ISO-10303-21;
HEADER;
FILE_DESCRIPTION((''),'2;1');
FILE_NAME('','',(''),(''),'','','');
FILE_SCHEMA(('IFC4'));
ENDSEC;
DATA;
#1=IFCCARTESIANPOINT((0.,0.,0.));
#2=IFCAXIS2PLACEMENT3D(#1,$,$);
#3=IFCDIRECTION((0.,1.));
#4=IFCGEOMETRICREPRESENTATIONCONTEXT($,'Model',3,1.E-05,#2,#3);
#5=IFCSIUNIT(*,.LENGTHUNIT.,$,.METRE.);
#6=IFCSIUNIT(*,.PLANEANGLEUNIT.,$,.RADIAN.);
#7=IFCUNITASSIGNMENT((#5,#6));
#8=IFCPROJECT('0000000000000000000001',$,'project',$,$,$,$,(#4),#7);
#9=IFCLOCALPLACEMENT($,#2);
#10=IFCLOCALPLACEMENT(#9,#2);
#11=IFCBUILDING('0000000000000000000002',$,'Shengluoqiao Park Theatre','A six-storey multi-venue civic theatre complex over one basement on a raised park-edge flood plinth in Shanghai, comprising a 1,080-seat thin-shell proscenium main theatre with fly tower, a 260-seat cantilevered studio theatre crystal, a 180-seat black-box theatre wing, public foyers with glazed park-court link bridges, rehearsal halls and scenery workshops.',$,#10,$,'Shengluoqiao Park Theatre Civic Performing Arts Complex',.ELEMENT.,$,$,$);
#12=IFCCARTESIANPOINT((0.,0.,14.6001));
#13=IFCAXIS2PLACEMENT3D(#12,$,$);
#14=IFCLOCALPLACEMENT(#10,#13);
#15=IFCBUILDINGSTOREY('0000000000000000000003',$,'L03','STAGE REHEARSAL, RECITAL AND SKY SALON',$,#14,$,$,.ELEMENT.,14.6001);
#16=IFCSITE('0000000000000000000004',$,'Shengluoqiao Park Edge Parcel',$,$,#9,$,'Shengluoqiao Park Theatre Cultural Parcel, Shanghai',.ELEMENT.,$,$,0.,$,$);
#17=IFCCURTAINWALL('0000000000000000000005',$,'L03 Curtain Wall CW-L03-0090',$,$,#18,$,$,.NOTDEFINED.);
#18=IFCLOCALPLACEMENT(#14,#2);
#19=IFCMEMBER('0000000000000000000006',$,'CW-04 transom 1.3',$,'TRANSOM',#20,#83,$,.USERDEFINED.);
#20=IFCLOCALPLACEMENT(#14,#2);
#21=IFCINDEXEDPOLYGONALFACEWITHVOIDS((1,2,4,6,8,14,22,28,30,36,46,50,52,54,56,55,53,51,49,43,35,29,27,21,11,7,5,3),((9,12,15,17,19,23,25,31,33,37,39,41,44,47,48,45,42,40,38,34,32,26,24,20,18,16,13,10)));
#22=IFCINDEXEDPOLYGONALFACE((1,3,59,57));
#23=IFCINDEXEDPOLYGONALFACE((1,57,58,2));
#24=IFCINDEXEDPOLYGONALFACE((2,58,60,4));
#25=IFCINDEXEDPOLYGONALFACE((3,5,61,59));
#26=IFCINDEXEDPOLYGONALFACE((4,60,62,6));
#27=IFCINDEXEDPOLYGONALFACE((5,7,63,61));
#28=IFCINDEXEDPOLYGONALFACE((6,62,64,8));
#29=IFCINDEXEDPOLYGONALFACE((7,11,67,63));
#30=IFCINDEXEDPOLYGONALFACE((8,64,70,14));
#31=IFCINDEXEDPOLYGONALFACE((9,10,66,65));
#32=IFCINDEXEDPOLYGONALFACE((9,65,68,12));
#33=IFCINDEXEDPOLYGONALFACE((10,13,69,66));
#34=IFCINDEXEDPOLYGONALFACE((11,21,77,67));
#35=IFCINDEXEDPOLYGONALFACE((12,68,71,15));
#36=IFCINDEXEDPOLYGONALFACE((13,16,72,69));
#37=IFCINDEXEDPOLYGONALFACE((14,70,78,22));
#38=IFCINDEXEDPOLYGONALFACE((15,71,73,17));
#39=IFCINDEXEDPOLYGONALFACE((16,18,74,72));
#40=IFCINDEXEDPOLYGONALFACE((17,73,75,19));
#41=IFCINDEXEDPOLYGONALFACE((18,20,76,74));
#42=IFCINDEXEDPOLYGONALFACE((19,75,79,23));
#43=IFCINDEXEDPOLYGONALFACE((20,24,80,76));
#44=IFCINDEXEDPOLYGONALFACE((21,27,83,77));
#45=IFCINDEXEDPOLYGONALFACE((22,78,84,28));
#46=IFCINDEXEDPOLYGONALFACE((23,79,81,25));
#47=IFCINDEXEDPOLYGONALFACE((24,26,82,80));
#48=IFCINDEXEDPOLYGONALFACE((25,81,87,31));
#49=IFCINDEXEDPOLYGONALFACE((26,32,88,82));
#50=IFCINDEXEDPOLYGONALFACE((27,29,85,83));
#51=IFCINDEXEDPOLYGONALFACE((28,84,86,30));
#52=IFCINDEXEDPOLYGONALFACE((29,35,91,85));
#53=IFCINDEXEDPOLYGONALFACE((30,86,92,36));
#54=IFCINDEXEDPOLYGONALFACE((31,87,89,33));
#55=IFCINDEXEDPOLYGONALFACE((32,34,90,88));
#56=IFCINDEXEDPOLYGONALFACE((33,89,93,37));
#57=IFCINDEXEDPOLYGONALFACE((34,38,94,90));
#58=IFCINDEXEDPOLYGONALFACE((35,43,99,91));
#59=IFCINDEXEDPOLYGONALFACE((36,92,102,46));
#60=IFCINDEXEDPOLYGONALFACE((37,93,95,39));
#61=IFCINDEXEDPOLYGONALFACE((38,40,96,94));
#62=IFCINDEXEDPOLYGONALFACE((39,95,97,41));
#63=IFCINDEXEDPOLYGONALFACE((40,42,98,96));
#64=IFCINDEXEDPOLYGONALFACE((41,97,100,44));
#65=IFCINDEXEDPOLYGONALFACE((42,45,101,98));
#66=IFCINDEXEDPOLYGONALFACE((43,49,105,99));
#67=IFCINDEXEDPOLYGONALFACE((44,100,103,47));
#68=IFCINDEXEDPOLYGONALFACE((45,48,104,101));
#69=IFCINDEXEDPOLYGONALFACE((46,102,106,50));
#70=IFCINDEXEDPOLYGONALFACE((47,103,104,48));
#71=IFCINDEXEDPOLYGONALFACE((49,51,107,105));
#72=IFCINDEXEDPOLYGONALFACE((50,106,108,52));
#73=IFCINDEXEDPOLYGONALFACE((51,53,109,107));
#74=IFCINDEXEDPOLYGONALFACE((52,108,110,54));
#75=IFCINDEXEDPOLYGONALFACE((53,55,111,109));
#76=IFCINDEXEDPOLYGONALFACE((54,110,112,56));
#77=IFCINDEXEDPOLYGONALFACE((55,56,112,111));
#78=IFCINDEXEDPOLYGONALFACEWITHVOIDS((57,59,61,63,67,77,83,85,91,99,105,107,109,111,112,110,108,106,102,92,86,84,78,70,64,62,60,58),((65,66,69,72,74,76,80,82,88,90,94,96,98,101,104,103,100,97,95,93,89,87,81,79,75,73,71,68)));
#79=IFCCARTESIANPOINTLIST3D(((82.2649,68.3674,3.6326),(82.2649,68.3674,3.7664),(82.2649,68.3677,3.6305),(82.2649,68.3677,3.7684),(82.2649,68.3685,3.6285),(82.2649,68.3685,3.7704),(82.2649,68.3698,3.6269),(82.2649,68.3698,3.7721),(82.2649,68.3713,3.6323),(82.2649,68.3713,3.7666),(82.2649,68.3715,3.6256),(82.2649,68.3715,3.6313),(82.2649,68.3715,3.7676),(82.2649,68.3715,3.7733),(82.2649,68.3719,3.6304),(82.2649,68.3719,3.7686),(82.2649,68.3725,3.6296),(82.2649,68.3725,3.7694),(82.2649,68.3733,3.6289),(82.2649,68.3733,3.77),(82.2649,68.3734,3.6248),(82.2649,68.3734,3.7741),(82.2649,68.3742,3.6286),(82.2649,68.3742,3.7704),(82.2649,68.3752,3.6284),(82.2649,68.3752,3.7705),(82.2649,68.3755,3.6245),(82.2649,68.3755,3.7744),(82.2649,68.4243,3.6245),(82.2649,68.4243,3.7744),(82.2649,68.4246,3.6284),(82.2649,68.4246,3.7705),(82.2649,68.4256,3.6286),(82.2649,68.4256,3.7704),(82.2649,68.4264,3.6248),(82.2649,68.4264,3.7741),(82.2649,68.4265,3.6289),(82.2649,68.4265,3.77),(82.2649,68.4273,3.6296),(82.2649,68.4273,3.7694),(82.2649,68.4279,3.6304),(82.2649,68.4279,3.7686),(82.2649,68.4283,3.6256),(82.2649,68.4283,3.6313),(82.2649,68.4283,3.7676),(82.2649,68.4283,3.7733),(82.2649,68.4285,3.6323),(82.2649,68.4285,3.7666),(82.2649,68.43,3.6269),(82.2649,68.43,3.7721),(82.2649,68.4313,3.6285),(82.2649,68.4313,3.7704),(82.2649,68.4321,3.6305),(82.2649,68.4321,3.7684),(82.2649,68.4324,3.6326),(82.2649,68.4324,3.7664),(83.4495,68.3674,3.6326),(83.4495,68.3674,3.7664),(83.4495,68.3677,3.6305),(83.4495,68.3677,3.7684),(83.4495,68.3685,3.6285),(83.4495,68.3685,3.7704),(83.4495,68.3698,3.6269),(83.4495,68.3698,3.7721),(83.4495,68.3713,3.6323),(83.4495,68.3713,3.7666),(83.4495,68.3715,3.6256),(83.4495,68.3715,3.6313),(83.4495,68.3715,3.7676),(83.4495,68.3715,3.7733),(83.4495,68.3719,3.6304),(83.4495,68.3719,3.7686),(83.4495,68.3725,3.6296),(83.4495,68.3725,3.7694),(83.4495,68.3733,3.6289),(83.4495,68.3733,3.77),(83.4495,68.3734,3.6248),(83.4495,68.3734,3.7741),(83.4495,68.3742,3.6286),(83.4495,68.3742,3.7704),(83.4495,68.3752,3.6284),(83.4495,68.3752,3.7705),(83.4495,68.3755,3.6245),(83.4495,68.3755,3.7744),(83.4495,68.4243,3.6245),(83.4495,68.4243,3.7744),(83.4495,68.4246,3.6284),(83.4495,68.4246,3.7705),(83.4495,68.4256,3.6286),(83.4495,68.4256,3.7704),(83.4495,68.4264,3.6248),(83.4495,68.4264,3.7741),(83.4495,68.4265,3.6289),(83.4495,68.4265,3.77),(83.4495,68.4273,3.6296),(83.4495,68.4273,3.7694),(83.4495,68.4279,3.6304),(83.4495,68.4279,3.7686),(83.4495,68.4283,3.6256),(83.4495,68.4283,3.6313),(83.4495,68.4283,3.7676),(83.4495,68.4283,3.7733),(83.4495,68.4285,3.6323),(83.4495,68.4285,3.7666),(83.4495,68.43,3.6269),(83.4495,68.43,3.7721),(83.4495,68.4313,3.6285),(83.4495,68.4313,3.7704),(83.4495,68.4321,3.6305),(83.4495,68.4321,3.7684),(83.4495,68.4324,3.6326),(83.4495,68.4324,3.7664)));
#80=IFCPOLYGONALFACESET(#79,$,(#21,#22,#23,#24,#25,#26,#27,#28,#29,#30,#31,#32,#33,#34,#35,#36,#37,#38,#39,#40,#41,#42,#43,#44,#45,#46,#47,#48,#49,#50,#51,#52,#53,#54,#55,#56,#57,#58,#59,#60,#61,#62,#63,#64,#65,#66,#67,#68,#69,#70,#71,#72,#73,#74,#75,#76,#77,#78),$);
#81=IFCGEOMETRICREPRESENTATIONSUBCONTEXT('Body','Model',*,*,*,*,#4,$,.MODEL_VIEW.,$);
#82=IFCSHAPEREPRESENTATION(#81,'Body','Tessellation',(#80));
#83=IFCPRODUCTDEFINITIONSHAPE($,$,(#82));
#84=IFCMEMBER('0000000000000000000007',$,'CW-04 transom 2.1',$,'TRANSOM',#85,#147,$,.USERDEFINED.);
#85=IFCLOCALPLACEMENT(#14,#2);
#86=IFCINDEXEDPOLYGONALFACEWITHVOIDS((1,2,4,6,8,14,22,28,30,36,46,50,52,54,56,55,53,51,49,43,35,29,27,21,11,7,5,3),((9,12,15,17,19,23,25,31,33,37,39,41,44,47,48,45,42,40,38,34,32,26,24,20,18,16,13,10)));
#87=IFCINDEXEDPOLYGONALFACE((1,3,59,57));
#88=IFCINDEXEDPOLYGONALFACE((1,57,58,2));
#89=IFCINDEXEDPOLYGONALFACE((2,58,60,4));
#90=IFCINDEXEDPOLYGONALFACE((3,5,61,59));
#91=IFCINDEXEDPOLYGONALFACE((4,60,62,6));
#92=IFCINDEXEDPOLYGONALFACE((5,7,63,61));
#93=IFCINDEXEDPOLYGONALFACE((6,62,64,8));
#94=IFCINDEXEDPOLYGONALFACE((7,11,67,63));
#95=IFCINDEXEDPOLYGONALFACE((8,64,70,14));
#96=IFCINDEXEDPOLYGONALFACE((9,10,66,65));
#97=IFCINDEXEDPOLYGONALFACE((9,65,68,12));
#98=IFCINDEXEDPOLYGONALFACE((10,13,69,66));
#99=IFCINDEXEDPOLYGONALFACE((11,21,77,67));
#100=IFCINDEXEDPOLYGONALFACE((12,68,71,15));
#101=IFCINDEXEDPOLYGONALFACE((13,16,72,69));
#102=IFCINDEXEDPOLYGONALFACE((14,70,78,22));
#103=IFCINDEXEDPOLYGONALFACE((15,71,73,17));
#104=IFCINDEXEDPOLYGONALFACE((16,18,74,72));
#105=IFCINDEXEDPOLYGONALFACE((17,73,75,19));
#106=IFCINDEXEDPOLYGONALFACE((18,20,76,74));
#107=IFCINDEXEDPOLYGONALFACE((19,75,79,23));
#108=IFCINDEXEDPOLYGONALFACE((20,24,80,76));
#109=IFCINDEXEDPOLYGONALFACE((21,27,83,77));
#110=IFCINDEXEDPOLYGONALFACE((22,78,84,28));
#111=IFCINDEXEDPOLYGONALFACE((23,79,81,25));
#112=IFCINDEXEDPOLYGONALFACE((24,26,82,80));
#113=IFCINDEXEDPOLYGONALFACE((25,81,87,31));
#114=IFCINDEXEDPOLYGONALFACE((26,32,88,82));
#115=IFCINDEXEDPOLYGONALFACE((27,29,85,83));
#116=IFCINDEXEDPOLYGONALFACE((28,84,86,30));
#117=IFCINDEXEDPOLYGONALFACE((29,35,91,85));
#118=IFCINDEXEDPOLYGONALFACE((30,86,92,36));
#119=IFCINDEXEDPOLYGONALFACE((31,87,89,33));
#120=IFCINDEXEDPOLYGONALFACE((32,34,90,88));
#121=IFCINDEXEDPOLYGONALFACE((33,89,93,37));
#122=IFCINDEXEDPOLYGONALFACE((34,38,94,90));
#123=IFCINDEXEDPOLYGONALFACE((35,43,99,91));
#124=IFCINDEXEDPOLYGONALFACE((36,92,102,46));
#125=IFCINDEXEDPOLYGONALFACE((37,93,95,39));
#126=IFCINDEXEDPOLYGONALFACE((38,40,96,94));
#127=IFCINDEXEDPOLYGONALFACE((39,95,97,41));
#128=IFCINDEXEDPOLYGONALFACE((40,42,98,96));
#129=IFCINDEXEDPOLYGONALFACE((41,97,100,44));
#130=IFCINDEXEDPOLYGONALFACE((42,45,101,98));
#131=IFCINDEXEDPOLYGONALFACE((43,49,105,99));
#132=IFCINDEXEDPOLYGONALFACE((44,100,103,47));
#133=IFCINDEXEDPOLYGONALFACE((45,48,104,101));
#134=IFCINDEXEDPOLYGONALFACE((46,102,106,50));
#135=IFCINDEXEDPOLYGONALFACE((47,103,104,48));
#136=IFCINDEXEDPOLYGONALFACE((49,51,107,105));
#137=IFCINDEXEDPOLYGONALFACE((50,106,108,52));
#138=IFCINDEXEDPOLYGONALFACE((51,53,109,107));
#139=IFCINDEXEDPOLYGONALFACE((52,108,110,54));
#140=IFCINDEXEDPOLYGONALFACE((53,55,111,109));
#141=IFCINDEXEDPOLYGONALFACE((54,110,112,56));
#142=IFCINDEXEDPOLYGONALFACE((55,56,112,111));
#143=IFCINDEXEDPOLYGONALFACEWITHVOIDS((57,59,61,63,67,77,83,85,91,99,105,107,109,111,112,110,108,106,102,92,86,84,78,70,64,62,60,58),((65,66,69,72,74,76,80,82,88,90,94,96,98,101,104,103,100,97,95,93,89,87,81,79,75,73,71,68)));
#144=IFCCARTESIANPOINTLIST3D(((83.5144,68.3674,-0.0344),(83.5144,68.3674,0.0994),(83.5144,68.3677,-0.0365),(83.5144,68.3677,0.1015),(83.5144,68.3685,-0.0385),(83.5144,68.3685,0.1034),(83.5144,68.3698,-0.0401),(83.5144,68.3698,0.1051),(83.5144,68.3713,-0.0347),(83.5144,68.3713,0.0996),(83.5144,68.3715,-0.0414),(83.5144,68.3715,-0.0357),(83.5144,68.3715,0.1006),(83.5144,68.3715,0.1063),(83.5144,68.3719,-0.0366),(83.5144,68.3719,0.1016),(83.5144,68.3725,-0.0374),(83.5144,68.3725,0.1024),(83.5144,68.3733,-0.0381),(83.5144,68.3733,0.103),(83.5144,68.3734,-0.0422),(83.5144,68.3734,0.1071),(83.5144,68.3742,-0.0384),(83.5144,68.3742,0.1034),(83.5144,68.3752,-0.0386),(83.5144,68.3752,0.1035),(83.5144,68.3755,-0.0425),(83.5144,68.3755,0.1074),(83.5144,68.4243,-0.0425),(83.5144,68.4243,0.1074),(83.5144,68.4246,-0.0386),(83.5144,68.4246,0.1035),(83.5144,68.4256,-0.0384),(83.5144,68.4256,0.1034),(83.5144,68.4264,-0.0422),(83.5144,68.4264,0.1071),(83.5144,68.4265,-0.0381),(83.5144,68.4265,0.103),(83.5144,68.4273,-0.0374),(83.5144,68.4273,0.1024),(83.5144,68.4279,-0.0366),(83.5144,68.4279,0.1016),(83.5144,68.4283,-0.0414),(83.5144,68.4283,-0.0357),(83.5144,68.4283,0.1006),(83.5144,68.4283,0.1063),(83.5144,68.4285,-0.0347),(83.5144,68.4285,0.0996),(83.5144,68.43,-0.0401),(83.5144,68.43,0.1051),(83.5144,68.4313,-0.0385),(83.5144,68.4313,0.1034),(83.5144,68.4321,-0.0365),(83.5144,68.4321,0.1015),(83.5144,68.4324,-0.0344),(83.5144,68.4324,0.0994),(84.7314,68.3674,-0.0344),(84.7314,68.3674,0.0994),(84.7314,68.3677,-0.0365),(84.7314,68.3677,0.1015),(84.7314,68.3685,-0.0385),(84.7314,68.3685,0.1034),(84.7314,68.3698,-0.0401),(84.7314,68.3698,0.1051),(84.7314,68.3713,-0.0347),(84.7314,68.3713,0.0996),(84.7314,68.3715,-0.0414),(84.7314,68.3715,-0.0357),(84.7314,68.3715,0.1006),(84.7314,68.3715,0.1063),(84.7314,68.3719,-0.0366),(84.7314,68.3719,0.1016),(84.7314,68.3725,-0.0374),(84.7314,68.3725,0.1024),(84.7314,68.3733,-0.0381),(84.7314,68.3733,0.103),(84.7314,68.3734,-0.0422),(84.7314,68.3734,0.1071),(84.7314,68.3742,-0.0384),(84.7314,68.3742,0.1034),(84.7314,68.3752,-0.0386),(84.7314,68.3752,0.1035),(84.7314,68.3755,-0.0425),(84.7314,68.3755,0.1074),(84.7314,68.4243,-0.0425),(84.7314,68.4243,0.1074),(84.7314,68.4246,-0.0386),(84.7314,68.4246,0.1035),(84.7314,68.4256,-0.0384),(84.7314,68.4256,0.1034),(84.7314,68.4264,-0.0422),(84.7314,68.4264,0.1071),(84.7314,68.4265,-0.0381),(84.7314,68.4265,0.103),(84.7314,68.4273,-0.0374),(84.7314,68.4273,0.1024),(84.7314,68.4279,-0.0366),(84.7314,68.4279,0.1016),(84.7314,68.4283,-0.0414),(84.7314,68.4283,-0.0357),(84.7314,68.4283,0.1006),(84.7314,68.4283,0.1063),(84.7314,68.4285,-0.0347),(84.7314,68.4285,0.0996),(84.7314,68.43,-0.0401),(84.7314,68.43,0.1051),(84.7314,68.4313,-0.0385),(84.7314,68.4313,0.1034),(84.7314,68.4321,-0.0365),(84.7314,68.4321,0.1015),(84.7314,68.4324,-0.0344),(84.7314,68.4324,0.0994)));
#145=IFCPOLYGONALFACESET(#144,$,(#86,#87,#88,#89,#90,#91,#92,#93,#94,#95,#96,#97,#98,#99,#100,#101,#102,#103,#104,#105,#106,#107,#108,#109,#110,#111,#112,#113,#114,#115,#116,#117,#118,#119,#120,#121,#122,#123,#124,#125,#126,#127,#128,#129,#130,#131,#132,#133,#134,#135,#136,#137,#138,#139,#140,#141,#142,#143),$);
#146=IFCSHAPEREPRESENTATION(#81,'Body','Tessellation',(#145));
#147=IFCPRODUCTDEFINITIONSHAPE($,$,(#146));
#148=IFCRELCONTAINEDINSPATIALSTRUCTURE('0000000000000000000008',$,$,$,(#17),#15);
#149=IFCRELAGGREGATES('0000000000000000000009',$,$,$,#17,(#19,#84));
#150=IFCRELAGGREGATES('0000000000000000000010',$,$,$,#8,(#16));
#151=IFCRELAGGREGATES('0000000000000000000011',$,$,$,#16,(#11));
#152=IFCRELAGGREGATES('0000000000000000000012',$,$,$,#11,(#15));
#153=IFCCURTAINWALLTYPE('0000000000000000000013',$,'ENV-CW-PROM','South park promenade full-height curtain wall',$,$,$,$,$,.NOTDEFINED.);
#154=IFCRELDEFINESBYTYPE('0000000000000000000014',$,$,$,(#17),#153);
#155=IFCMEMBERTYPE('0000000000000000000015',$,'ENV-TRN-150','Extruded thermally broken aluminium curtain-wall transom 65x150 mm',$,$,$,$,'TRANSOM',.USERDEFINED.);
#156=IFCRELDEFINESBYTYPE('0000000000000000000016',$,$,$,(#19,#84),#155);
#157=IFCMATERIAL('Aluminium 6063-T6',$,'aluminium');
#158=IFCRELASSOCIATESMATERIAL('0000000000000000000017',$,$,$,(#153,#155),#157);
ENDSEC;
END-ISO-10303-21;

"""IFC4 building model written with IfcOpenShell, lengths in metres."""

from ifc_helpers import new_model, si_unit, direction, frame, origin, origin_2d, place, context, subcontext, project, spatial, hollow_rectangle, extrude, material, material_profile, profile_set, type_object, element, aggregate, save


model = new_model("IFC4")

# Units and contexts
model_context = context("Model", 3, precision=1e-05, world=origin(), true_north=direction((0.0, 1.0)))
body_context = subcontext(model_context, "Body", "Model", "MODEL_VIEW")
ifc_project = project(units=[si_unit("LENGTHUNIT", "METRE"), si_unit("PLANEANGLEUNIT", "RADIAN")], contexts=[model_context])

# Site, building, storey
site_placement = place(None, origin())
site = spatial("IfcSite", under=ifc_project, at=site_placement, Name="Shengluoqiao Park Edge Parcel", LongName="Shengluoqiao Park Theatre Cultural Parcel, Shanghai", CompositionType="ELEMENT", RefElevation=0.0)
building_placement = place(site_placement, origin())
building = spatial("IfcBuilding", under=site, at=building_placement, Name="Shengluoqiao Park Theatre", Description="A six-storey multi-venue civic theatre complex over one basement on a raised park-edge flood plinth in Shanghai, comprising a 1,080-seat thin-shell proscenium main theatre with fly tower, a 260-seat cantilevered studio theatre crystal, a 180-seat black-box theatre wing, public foyers with glazed park-court link bridges, rehearsal halls and scenery workshops.", LongName="Shengluoqiao Park Theatre Civic Performing Arts Complex", CompositionType="ELEMENT")
storey_placement = place(building_placement, frame((0.0, 0.0, 14.6001)))
storey = spatial("IfcBuildingStorey", under=building, at=storey_placement, Name="L03", Description="STAGE REHEARSAL, RECITAL AND SKY SALON", CompositionType="ELEMENT", Elevation=14.6001)

# Shared definitions
ifc_material_1 = material(Name="Aluminium 6063-T6", Category="aluminium")
curtain_wall_type = type_object("IfcCurtainWallType", Name="ENV-CW-PROM", Description="South park promenade full-height curtain wall", PredefinedType="NOTDEFINED", material=ifc_material_1)

# Curtain wall
curtain_wall_1_placement = place(storey_placement, origin())
curtain_wall_1 = element("IfcCurtainWall", 1, at=curtain_wall_1_placement, inside=storey, type_object=curtain_wall_type, Name="L03 Curtain Wall CW-L03-0090", PredefinedType="NOTDEFINED")

# Members
ifc_material_profile_1 = material_profile(ifc_material_1, hollow_rectangle(XDim=0.0649, YDim=0.1499, WallThickness=0.0039, InnerFilletRadius=0.0039, OuterFilletRadius=0.0081, at=origin_2d()), Name="ALU TRANSOM 150x65x4")
ifc_profile_set_1 = profile_set([ifc_material_profile_1], Name="Aluminium 6063-T6")
member_type_1 = type_object("IfcMemberType", Name="ENV-TRN-150", Description="Extruded thermally broken aluminium curtain-wall transom 65x150 mm", ElementType="TRANSOM", PredefinedType="USERDEFINED", material=ifc_profile_set_1)
member_1_placement = place(storey_placement, frame((82.2649, 68.3999, 3.6995), z_axis=(1.0, 0.0, 0.0), x_axis=(0.0, 1.0, 0.0)))
member_1 = element("IfcMember", 2, at=member_1_placement, type_object=member_type_1, Name="CW-04 transom 1.3", ObjectType="TRANSOM", PredefinedType="USERDEFINED", context=body_context, shape_type="SweptSolid", body=[
    extrude(hollow_rectangle(XDim=0.0649, YDim=0.1499, WallThickness=0.0039, InnerFilletRadius=0.0039, OuterFilletRadius=0.0081, at=origin_2d()), origin(), (0.0, 0.0, 1.0), 1.1846),
])
member_2_placement = place(storey_placement, frame((83.5144, 68.3999, 0.0325), z_axis=(1.0, 0.0, 0.0), x_axis=(0.0, 1.0, 0.0)))
member_2 = element("IfcMember", 3, at=member_2_placement, type_object=member_type_1, Name="CW-04 transom 2.1", ObjectType="TRANSOM", PredefinedType="USERDEFINED", context=body_context, shape_type="SweptSolid", body=[
    extrude(hollow_rectangle(XDim=0.0649, YDim=0.1499, WallThickness=0.0039, InnerFilletRadius=0.0039, OuterFilletRadius=0.0081, at=origin_2d()), origin(), (0.0, 0.0, 1.0), 1.217),
])

aggregate(curtain_wall_1, [member_1, member_2])

save(model, "model.ifc")
